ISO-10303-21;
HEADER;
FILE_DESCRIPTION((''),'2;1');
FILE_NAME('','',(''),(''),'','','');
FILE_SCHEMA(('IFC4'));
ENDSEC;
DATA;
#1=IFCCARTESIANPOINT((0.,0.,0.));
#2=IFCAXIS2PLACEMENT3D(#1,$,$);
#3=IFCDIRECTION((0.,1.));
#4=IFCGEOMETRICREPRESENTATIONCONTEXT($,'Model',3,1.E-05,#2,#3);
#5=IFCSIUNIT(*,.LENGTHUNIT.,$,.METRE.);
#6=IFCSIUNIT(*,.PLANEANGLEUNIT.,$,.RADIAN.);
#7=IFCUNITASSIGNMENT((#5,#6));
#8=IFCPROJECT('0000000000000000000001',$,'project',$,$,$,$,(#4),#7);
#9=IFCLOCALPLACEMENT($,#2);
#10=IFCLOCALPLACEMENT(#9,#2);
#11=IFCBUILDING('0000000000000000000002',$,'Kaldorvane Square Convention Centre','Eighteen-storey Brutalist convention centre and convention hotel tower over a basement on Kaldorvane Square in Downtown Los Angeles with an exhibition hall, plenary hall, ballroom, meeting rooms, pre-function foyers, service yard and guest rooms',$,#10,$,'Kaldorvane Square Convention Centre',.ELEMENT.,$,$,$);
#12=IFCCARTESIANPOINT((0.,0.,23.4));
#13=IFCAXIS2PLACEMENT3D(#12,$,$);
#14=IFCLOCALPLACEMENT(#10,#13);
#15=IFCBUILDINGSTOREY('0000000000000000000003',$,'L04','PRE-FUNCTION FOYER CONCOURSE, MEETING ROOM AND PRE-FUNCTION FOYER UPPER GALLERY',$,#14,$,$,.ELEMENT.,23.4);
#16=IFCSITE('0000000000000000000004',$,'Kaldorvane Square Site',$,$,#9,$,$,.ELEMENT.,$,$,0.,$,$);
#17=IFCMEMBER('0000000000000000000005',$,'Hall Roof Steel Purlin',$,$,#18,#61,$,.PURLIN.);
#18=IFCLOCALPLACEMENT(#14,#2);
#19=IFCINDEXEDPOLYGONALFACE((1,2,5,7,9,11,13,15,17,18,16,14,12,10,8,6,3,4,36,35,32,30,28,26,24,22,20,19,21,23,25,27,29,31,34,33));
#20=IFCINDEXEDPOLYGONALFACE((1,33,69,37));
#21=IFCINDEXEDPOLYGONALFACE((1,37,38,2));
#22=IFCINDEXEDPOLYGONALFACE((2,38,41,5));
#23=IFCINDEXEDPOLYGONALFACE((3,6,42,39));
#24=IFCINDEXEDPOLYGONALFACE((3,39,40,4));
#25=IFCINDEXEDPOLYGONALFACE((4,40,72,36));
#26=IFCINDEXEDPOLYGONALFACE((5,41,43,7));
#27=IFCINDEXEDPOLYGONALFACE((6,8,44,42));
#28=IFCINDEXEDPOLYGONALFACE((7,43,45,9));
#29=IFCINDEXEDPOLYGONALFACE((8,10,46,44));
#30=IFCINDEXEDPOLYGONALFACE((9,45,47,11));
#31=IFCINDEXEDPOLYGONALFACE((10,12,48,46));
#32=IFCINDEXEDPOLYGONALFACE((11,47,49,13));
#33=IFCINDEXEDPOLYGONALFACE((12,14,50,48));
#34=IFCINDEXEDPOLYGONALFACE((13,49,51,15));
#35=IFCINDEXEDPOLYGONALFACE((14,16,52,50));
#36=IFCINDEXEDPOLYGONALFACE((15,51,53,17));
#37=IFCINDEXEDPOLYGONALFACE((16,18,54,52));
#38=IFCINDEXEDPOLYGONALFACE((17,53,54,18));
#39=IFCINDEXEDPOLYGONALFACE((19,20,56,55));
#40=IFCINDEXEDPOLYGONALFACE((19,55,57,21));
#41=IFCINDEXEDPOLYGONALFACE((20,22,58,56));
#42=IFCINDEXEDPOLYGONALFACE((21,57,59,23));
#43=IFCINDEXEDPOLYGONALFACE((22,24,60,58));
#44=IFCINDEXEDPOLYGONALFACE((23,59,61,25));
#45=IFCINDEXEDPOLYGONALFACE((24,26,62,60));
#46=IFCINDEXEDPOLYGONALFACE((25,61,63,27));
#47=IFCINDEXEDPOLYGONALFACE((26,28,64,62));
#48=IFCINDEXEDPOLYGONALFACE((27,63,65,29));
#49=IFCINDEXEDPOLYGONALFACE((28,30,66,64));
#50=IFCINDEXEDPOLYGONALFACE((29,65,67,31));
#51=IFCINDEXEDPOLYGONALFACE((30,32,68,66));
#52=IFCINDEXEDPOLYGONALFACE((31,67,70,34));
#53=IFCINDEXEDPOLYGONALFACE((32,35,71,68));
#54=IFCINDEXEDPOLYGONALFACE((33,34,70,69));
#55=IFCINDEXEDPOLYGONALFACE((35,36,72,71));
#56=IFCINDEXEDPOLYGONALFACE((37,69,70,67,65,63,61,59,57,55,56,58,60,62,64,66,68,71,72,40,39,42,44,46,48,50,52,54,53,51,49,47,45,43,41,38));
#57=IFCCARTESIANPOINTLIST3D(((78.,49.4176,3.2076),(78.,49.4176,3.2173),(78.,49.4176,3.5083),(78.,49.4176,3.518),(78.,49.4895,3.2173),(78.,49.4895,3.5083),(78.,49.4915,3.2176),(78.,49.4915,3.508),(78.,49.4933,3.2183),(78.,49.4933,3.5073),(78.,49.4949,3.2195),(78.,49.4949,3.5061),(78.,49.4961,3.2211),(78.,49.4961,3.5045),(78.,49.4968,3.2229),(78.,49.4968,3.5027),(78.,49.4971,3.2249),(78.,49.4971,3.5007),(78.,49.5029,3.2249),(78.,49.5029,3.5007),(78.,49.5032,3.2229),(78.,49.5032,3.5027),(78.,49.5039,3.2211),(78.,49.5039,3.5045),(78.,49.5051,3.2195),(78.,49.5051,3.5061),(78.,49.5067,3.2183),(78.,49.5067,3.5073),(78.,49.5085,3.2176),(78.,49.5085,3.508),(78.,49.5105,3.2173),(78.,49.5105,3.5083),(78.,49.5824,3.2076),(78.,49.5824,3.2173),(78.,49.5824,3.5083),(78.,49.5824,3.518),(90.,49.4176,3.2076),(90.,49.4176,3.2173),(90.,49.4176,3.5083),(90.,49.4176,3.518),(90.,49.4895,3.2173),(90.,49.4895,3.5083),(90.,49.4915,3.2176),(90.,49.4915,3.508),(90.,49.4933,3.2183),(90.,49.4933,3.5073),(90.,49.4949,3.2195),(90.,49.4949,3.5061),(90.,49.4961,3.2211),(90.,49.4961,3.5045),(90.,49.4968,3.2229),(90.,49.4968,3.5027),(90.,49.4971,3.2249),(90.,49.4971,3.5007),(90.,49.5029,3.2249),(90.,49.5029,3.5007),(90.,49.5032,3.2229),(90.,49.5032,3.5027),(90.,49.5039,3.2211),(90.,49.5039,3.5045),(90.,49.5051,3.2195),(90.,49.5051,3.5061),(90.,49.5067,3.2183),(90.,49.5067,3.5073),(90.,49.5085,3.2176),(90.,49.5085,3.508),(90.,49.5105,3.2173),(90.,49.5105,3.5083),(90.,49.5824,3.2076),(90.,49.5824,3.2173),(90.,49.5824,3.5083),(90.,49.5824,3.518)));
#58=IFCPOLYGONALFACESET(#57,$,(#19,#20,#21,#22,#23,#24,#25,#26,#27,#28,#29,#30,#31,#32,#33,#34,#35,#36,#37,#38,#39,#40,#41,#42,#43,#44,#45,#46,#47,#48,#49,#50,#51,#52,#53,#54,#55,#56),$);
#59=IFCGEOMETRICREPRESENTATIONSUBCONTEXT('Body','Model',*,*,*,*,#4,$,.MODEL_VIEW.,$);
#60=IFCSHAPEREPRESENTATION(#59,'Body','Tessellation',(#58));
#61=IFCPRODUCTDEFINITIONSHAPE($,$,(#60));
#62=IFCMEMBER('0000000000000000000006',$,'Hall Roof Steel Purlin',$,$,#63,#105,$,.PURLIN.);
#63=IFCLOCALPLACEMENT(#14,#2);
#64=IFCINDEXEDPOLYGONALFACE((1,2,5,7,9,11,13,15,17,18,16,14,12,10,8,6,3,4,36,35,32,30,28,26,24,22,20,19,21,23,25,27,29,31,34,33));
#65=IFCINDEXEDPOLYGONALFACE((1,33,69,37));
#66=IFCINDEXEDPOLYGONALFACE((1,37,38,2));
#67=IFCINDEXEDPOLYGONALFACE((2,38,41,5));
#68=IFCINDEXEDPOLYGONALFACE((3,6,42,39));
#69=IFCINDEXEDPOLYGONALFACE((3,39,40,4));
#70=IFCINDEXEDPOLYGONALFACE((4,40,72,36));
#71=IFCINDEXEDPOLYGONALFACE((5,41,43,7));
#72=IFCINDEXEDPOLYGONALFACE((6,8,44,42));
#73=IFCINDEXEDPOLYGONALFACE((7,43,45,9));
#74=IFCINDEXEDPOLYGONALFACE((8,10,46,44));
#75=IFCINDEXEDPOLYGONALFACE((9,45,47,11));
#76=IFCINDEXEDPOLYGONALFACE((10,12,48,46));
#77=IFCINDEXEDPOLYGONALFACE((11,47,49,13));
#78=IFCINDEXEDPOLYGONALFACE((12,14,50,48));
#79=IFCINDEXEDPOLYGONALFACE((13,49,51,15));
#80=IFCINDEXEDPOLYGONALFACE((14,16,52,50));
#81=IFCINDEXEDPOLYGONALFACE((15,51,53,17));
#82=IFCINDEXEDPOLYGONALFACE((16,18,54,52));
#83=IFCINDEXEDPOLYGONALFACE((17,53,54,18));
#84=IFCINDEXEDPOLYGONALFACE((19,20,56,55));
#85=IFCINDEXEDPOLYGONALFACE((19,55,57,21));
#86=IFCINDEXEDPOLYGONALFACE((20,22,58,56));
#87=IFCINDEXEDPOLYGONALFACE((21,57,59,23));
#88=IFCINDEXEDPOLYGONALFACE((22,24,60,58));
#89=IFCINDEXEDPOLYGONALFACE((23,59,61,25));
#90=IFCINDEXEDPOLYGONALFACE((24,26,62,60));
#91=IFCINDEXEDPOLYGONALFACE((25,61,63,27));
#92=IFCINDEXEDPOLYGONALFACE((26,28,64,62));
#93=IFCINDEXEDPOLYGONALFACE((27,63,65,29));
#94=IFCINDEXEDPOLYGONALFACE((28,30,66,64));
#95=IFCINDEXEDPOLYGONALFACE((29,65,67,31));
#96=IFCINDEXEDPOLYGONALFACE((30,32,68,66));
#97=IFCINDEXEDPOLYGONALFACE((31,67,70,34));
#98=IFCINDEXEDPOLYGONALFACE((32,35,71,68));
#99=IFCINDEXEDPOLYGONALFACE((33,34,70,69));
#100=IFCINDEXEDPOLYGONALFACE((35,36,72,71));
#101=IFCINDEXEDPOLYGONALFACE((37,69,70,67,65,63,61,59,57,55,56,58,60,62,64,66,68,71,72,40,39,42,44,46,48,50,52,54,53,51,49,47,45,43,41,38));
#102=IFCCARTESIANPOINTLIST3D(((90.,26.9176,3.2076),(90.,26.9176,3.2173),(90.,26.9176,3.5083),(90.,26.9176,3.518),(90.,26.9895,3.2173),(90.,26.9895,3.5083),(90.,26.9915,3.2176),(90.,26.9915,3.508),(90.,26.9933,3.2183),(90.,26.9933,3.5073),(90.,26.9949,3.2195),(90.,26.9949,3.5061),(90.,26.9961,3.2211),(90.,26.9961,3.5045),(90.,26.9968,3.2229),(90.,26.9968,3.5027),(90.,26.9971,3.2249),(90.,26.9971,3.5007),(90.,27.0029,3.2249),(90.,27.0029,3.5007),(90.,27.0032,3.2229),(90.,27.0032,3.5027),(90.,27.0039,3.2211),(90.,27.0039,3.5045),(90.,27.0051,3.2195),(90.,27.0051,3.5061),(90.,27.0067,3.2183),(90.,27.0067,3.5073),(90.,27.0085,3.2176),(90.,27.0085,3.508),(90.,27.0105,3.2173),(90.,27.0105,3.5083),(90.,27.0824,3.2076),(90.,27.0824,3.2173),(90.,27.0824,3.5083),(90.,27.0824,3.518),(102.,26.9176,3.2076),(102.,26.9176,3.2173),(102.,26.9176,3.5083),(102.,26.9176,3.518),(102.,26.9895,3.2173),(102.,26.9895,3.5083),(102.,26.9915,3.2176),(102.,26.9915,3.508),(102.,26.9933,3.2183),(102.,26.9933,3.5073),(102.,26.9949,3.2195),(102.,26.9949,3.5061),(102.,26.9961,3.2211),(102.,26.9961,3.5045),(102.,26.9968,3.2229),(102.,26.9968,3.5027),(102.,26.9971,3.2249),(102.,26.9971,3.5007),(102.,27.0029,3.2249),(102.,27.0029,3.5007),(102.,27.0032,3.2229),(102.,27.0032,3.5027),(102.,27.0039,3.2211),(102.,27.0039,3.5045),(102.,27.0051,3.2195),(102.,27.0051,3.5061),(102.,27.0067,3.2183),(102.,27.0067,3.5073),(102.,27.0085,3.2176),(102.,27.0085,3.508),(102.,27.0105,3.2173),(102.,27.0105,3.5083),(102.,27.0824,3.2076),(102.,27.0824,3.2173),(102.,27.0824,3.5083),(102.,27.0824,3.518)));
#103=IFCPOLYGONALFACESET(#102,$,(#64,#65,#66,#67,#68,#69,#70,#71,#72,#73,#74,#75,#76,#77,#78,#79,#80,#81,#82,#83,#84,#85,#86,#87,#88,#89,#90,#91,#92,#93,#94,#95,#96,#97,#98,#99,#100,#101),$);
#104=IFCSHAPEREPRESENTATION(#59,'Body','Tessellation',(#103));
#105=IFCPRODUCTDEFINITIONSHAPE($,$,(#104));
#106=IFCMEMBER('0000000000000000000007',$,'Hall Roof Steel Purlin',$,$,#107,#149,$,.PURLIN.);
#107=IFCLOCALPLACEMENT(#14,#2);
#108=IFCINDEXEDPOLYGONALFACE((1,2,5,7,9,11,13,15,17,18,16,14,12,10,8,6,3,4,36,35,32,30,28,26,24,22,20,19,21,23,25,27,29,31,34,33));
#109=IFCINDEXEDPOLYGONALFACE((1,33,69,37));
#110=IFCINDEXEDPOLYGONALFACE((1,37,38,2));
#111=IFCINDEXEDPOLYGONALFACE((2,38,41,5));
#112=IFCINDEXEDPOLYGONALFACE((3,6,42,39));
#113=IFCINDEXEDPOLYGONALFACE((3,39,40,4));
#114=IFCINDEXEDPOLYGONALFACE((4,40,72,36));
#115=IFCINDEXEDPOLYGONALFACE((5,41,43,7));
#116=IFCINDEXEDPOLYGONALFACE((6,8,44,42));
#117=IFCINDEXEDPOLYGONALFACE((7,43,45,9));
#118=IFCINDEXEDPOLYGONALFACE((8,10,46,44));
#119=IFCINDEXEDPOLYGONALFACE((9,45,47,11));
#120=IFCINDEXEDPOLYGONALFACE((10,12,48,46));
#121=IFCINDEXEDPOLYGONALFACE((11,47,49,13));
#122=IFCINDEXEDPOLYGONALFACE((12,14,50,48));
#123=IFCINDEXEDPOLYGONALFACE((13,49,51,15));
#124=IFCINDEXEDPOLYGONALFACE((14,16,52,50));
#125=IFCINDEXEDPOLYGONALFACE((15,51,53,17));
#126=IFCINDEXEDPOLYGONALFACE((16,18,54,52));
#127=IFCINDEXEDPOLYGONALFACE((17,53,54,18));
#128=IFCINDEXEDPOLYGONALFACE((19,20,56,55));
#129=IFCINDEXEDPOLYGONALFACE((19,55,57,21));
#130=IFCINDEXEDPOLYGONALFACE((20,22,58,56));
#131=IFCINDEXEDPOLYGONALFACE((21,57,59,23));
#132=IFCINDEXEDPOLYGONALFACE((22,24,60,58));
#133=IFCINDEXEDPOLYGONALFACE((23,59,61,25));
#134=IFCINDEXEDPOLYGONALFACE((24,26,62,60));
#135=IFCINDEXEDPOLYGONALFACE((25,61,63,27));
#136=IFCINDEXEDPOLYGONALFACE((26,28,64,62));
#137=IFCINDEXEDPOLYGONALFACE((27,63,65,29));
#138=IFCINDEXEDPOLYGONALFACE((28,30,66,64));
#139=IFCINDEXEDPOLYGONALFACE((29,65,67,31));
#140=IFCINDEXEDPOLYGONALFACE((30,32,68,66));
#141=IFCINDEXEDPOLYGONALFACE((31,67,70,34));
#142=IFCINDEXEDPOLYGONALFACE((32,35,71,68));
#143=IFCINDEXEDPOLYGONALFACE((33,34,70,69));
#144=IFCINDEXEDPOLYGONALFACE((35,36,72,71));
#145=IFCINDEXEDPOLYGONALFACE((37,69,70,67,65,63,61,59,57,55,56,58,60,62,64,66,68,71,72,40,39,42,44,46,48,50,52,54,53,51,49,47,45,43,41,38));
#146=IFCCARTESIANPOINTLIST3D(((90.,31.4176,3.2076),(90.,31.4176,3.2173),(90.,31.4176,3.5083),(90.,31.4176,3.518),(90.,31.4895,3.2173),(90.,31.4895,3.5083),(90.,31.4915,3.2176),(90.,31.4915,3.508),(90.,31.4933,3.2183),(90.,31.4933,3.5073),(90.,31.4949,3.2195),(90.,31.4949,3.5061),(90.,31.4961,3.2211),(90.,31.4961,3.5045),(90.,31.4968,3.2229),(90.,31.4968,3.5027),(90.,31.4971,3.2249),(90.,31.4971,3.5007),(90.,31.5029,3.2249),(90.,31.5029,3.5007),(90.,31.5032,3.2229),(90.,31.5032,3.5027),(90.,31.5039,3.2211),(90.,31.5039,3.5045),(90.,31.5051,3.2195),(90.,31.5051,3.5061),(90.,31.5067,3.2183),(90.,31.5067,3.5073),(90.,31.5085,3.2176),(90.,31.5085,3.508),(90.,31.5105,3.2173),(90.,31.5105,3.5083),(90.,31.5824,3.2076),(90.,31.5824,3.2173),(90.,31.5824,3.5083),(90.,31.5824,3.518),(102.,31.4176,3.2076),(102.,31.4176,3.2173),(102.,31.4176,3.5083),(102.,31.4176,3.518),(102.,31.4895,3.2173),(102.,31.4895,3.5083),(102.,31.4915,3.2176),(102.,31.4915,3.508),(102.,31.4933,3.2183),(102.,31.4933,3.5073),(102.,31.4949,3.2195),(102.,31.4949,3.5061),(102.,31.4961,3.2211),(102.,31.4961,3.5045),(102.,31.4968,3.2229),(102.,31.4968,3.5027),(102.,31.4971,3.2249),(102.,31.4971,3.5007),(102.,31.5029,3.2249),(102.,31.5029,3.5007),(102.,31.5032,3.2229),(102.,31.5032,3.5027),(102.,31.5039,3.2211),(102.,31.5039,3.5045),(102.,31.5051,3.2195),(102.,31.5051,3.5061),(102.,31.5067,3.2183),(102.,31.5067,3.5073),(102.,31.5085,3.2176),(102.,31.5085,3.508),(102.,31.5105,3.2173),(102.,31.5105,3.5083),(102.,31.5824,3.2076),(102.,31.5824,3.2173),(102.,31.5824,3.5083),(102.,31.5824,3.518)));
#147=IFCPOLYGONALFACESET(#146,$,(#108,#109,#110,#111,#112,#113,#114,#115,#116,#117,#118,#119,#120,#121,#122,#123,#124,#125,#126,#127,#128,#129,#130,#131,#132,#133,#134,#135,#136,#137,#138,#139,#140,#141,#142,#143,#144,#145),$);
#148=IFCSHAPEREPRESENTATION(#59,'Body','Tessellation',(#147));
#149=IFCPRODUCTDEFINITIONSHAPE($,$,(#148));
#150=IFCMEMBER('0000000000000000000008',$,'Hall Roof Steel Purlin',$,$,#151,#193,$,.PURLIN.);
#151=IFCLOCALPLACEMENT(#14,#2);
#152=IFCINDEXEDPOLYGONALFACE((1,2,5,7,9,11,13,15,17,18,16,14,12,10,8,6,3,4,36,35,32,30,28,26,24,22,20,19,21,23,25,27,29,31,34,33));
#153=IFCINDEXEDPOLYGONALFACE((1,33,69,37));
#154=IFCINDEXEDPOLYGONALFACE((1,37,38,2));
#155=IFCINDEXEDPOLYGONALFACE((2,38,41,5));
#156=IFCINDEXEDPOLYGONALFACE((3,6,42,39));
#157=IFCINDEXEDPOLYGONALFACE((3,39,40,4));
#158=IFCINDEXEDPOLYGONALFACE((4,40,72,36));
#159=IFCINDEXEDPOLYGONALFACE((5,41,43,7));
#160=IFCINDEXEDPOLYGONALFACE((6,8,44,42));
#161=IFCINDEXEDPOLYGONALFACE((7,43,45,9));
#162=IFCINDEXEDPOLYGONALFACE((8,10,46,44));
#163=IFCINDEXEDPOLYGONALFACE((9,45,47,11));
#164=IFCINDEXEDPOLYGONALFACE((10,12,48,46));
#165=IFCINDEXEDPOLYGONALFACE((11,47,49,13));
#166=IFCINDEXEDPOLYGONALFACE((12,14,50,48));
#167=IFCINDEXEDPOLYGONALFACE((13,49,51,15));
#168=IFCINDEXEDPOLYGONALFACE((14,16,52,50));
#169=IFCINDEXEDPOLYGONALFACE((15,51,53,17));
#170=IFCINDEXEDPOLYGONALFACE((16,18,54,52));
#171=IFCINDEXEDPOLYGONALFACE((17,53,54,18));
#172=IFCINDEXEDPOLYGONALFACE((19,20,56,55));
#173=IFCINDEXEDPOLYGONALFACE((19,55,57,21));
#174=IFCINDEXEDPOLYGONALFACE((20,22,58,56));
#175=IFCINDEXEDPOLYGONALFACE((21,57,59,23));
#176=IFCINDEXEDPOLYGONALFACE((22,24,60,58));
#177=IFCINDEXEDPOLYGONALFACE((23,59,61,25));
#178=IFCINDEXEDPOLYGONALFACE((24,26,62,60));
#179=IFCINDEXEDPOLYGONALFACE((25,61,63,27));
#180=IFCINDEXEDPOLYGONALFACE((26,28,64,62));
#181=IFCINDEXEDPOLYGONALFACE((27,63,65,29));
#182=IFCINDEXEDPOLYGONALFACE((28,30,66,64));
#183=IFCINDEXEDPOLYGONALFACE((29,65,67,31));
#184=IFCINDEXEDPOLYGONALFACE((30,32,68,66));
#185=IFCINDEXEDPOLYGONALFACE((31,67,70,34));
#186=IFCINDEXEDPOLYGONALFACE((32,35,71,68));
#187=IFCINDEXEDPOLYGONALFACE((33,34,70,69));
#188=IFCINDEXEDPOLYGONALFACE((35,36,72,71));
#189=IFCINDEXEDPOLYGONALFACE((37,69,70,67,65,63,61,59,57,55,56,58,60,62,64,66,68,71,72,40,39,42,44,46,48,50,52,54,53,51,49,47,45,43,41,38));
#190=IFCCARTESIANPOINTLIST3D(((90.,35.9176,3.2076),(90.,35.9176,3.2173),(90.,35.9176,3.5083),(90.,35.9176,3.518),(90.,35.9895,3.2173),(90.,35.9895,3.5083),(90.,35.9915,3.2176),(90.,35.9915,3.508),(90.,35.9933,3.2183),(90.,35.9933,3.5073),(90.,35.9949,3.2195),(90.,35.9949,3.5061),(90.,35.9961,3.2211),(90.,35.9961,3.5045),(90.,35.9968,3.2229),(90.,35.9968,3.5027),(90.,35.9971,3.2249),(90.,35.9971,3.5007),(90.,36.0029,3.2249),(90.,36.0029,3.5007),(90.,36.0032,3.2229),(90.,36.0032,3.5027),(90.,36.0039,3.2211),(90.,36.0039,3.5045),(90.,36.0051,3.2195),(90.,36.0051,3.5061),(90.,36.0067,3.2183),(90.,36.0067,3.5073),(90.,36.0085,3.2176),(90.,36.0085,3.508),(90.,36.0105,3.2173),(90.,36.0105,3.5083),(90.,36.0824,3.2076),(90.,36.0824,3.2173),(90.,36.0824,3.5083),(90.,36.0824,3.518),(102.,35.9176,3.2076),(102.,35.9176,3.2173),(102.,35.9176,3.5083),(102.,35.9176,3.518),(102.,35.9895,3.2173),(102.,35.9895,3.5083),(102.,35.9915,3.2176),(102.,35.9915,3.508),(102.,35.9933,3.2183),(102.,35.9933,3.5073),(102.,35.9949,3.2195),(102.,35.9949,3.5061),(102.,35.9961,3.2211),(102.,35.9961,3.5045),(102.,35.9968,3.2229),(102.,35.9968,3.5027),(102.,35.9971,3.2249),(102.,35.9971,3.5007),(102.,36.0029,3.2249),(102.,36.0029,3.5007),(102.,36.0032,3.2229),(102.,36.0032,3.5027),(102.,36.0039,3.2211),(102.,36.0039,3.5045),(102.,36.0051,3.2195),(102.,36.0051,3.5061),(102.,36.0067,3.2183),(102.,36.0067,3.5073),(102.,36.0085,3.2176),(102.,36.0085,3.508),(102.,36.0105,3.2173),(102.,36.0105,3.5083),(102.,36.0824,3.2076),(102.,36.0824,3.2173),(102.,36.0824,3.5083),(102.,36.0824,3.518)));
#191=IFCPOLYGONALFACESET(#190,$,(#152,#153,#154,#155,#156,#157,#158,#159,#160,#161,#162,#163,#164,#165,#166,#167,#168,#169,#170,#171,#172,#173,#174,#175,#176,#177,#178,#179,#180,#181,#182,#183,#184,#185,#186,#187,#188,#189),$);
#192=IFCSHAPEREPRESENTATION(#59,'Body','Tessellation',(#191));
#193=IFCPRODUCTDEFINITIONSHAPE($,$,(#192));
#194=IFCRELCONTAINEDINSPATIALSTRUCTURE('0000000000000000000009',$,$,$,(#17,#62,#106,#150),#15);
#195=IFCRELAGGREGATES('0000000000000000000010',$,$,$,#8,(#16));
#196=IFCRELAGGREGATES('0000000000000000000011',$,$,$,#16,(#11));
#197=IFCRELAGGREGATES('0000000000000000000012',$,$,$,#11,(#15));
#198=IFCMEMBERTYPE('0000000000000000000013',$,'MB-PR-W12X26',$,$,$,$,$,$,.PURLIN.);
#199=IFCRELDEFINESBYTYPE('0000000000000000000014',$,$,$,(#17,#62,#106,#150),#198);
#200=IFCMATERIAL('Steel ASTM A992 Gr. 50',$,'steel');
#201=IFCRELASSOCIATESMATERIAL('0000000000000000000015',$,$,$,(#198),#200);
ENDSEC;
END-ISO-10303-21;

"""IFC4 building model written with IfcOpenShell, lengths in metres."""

from ifc_helpers import new_model, si_unit, direction, frame, origin, origin_2d, place, context, subcontext, project, spatial, i_section, extrude, material, material_profile, profile_set, type_object, element, save


model = new_model("IFC4")

# Units and contexts
model_context = context("Model", 3, precision=1e-05, world=origin(), true_north=direction((0.0, 1.0)))
body_context = subcontext(model_context, "Body", "Model", "MODEL_VIEW")
ifc_project = project(units=[si_unit("LENGTHUNIT", "METRE"), si_unit("PLANEANGLEUNIT", "RADIAN")], contexts=[model_context])

# Site, building, storey
site_placement = place(None, origin())
site = spatial("IfcSite", under=ifc_project, at=site_placement, Name="Kaldorvane Square Site", CompositionType="ELEMENT", RefElevation=0.0)
building_placement = place(site_placement, origin())
building = spatial("IfcBuilding", under=site, at=building_placement, Name="Kaldorvane Square Convention Centre", Description="Eighteen-storey Brutalist convention centre and convention hotel tower over a basement on Kaldorvane Square in Downtown Los Angeles with an exhibition hall, plenary hall, ballroom, meeting rooms, pre-function foyers, service yard and guest rooms", LongName="Kaldorvane Square Convention Centre", CompositionType="ELEMENT")
storey_placement = place(building_placement, frame((0.0, 0.0, 23.4)))
storey = spatial("IfcBuildingStorey", under=building, at=storey_placement, Name="L04", Description="PRE-FUNCTION FOYER CONCOURSE, MEETING ROOM AND PRE-FUNCTION FOYER UPPER GALLERY", CompositionType="ELEMENT", Elevation=23.4)

# Members
ifc_material_1 = material(Name="Steel ASTM A992 Gr. 50", Category="steel")
ifc_material_profile_1 = material_profile(ifc_material_1, i_section(OverallWidth=0.1648, OverallDepth=0.3104, WebThickness=0.0058, FlangeThickness=0.0097, FilletRadius=0.0076, at=origin_2d()), Name="W12X26")
ifc_profile_set_1 = profile_set([ifc_material_profile_1], Name="Steel ASTM A992 Gr. 50")
member_type_1 = type_object("IfcMemberType", Name="MB-PR-W12X26", PredefinedType="PURLIN", material=ifc_profile_set_1)
for number, where, z_axis, x_axis, name in (
    (1, (78.0, 49.5, 3.3628), (1.0, 0.0, 0.0), (0.0, 1.0, 0.0), "Hall Roof Steel Purlin"),
    (2, (90.0, 27.0, 3.3628), (1.0, 0.0, 0.0), (0.0, 1.0, 0.0), "Hall Roof Steel Purlin"),
    (3, (90.0, 31.5, 3.3628), (1.0, 0.0, 0.0), (0.0, 1.0, 0.0), "Hall Roof Steel Purlin"),
    (4, (90.0, 36.0, 3.3628), (1.0, 0.0, 0.0), (0.0, 1.0, 0.0), "Hall Roof Steel Purlin"),
):
    element("IfcMember", number, at=place(storey_placement, frame(where, z_axis=z_axis, x_axis=x_axis)), inside=storey, type_object=member_type_1, Name=name, PredefinedType="PURLIN", context=body_context, shape_type="SweptSolid", body=[
        extrude(i_section(OverallWidth=0.1648, OverallDepth=0.3104, WebThickness=0.0058, FlangeThickness=0.0097, FilletRadius=0.0076, at=origin_2d()), origin(), (0.0, 0.0, 1.0), 12.0),
    ])

save(model, "model.ifc")
